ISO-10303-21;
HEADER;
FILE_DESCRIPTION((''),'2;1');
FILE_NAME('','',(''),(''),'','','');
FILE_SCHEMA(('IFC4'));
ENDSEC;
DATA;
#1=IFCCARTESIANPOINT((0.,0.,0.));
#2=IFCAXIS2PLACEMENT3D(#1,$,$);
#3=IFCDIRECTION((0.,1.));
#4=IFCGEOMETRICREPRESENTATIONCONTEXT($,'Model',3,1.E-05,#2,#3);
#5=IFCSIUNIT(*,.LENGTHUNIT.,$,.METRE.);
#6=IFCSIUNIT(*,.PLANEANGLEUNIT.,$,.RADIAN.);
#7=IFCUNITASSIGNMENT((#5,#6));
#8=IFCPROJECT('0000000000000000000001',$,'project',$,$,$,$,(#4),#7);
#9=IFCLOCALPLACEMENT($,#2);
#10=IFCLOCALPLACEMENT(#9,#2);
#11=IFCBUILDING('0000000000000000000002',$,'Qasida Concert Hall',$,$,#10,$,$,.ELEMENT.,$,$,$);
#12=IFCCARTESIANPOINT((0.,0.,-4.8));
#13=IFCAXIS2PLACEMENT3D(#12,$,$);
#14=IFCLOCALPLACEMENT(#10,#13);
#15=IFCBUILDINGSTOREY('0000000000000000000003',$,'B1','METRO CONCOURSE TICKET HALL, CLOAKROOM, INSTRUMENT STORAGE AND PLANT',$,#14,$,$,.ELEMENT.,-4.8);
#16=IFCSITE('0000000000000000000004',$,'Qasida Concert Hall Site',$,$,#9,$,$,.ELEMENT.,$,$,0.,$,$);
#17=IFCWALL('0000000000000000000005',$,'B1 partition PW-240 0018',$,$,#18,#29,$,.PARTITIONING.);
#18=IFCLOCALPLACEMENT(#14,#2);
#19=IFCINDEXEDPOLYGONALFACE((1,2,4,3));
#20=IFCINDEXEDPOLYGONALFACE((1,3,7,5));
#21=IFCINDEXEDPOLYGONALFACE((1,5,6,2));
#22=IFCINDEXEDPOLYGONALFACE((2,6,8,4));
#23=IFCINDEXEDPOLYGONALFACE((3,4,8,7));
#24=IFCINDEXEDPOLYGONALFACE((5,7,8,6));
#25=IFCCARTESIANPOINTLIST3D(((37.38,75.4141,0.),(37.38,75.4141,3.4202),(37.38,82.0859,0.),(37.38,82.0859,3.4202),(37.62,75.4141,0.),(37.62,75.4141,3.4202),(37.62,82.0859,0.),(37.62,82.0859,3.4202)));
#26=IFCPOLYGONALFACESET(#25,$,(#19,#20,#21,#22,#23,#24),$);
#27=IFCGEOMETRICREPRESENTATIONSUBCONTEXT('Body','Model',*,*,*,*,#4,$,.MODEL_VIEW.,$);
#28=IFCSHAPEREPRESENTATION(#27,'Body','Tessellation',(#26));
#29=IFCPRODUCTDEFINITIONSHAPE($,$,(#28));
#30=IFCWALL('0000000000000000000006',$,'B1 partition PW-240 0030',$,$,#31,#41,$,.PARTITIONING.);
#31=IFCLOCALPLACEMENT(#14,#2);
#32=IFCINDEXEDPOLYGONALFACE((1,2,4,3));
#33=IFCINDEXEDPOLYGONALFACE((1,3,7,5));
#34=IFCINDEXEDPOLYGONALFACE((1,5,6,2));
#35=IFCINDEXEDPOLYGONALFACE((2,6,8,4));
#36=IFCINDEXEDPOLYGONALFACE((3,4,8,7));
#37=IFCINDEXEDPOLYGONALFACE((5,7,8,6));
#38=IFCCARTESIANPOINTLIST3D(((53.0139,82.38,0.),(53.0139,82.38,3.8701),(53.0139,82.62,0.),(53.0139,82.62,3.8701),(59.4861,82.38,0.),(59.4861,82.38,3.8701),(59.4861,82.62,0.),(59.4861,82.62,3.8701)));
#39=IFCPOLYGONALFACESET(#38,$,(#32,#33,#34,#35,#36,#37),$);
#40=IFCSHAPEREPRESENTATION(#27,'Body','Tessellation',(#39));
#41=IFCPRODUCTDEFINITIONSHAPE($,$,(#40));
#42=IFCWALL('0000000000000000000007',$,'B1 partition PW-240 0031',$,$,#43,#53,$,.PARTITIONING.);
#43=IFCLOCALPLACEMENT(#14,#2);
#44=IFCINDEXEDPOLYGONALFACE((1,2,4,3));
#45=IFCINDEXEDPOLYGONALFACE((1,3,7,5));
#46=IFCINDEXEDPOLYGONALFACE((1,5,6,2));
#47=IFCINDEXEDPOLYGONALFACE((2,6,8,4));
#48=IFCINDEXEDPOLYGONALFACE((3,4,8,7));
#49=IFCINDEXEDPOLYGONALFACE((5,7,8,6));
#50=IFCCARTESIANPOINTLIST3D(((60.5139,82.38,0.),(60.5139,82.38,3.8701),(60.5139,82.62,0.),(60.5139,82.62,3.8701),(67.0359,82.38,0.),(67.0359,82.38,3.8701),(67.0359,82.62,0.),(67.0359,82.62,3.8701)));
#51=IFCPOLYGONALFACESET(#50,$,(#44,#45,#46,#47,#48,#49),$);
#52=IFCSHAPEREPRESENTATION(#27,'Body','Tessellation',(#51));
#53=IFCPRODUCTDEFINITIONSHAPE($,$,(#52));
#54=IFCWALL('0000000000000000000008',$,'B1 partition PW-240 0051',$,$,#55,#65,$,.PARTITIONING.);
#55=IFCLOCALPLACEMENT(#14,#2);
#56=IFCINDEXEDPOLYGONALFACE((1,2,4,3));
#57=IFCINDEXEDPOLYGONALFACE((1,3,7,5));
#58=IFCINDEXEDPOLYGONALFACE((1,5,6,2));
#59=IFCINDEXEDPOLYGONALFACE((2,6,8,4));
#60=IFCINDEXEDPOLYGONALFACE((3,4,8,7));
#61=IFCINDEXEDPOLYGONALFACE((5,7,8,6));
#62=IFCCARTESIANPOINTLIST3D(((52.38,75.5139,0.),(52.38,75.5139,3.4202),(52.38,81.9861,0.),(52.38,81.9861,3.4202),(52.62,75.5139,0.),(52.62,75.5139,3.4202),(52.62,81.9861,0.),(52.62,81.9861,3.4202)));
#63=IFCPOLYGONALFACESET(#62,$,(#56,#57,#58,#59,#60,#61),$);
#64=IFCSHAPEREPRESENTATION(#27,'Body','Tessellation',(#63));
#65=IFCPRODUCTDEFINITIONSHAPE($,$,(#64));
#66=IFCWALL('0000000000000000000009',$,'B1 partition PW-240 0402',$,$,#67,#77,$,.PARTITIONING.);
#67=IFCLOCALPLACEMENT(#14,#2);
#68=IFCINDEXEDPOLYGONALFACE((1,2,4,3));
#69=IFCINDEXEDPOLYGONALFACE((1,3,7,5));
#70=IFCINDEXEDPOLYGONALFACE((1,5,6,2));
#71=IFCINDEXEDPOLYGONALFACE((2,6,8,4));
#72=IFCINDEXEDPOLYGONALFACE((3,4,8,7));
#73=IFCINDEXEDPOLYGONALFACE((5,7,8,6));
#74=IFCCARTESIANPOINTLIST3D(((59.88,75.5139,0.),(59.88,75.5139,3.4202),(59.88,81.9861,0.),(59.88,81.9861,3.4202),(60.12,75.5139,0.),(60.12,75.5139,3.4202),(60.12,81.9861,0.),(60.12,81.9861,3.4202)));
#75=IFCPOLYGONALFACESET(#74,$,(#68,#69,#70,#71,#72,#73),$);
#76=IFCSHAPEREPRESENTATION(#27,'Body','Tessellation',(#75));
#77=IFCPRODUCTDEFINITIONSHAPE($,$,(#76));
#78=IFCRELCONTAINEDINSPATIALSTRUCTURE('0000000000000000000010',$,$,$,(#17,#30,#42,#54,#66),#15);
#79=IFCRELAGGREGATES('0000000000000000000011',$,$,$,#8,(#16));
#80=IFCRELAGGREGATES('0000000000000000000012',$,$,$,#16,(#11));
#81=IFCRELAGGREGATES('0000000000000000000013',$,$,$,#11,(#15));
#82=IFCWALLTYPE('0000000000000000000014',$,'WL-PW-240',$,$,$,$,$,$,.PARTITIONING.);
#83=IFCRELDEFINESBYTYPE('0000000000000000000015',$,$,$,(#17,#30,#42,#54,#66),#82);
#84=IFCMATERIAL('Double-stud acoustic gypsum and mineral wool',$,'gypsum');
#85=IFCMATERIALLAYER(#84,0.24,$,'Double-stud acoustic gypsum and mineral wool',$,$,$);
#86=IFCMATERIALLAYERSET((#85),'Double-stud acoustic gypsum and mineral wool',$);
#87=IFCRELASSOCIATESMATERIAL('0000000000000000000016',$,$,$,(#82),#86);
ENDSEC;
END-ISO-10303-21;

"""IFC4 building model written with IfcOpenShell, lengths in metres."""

from ifc_helpers import new_model, si_unit, direction, frame, frame_2d, origin, place, context, subcontext, project, spatial, rectangle, extrude, material, layer, layer_set, type_object, element, save


model = new_model("IFC4")

# Units and contexts
model_context = context("Model", 3, precision=1e-05, world=origin(), true_north=direction((0.0, 1.0)))
body_context = subcontext(model_context, "Body", "Model", "MODEL_VIEW")
ifc_project = project(units=[si_unit("LENGTHUNIT", "METRE"), si_unit("PLANEANGLEUNIT", "RADIAN")], contexts=[model_context])

# Site, building, storey
site_placement = place(None, origin())
site = spatial("IfcSite", under=ifc_project, at=site_placement, Name="Qasida Concert Hall Site", CompositionType="ELEMENT", RefElevation=0.0)
building_placement = place(site_placement, origin())
building = spatial("IfcBuilding", under=site, at=building_placement, Name="Qasida Concert Hall", CompositionType="ELEMENT")
storey_placement = place(building_placement, frame((0.0, 0.0, -4.8)))
storey = spatial("IfcBuildingStorey", under=building, at=storey_placement, Name="B1", Description="METRO CONCOURSE TICKET HALL, CLOAKROOM, INSTRUMENT STORAGE AND PLANT", CompositionType="ELEMENT", Elevation=-4.8)

# Walls
ifc_material_1 = material(Name="Double-stud acoustic gypsum and mineral wool", Category="gypsum")
ifc_layer = layer(ifc_material_1, 0.24, Name="Double-stud acoustic gypsum and mineral wool")
ifc_layer_set = layer_set([ifc_layer], Name="Double-stud acoustic gypsum and mineral wool")
wall_type = type_object("IfcWallType", Name="WL-PW-240", PredefinedType="PARTITIONING", material=ifc_layer_set)
wall_1_placement = place(storey_placement, frame((37.5, 75.4141, 0.0), z_axis=(0.0, 0.0, 1.0), x_axis=(0.0, 1.0, 0.0)))
element("IfcWall", 1, at=wall_1_placement, inside=storey, type_object=wall_type, Name="B1 partition PW-240 0018", PredefinedType="PARTITIONING", context=body_context, shape_type="SweptSolid", body=[
    extrude(rectangle(XDim=6.6719, YDim=0.24, at=frame_2d((3.3359, 0.0))), origin(), (0.0, 0.0, 1.0), 3.4202),
])
wall_2_placement = place(storey_placement, frame((53.0139, 82.5, 0.0), z_axis=(0.0, 0.0, 1.0), x_axis=(1.0, 0.0, 0.0)))
element("IfcWall", 2, at=wall_2_placement, inside=storey, type_object=wall_type, Name="B1 partition PW-240 0030", PredefinedType="PARTITIONING", context=body_context, shape_type="SweptSolid", body=[
    extrude(rectangle(XDim=6.4722, YDim=0.24, at=frame_2d((3.2361, 0.0))), origin(), (0.0, 0.0, 1.0), 3.8701),
])
wall_3_placement = place(storey_placement, frame((60.5139, 82.5, 0.0), z_axis=(0.0, 0.0, 1.0), x_axis=(1.0, 0.0, 0.0)))
element("IfcWall", 3, at=wall_3_placement, inside=storey, type_object=wall_type, Name="B1 partition PW-240 0031", PredefinedType="PARTITIONING", context=body_context, shape_type="SweptSolid", body=[
    extrude(rectangle(XDim=6.522, YDim=0.24, at=frame_2d((3.261, 0.0))), origin(), (0.0, 0.0, 1.0), 3.8701),
])
for number, where, z_axis, x_axis, name in (
    (4, (52.5, 75.5139, 0.0), (0.0, 0.0, 1.0), (0.0, 1.0, 0.0), "B1 partition PW-240 0051"),
    (5, (60.0, 75.5139, 0.0), (0.0, 0.0, 1.0), (0.0, 1.0, 0.0), "B1 partition PW-240 0402"),
):
    element("IfcWall", number, at=place(storey_placement, frame(where, z_axis=z_axis, x_axis=x_axis)), inside=storey, type_object=wall_type, Name=name, PredefinedType="PARTITIONING", context=body_context, shape_type="SweptSolid", body=[
        extrude(rectangle(XDim=6.4722, YDim=0.24, at=frame_2d((3.2361, 0.0))), origin(), (0.0, 0.0, 1.0), 3.4202),
    ])

save(model, "model.ifc")
